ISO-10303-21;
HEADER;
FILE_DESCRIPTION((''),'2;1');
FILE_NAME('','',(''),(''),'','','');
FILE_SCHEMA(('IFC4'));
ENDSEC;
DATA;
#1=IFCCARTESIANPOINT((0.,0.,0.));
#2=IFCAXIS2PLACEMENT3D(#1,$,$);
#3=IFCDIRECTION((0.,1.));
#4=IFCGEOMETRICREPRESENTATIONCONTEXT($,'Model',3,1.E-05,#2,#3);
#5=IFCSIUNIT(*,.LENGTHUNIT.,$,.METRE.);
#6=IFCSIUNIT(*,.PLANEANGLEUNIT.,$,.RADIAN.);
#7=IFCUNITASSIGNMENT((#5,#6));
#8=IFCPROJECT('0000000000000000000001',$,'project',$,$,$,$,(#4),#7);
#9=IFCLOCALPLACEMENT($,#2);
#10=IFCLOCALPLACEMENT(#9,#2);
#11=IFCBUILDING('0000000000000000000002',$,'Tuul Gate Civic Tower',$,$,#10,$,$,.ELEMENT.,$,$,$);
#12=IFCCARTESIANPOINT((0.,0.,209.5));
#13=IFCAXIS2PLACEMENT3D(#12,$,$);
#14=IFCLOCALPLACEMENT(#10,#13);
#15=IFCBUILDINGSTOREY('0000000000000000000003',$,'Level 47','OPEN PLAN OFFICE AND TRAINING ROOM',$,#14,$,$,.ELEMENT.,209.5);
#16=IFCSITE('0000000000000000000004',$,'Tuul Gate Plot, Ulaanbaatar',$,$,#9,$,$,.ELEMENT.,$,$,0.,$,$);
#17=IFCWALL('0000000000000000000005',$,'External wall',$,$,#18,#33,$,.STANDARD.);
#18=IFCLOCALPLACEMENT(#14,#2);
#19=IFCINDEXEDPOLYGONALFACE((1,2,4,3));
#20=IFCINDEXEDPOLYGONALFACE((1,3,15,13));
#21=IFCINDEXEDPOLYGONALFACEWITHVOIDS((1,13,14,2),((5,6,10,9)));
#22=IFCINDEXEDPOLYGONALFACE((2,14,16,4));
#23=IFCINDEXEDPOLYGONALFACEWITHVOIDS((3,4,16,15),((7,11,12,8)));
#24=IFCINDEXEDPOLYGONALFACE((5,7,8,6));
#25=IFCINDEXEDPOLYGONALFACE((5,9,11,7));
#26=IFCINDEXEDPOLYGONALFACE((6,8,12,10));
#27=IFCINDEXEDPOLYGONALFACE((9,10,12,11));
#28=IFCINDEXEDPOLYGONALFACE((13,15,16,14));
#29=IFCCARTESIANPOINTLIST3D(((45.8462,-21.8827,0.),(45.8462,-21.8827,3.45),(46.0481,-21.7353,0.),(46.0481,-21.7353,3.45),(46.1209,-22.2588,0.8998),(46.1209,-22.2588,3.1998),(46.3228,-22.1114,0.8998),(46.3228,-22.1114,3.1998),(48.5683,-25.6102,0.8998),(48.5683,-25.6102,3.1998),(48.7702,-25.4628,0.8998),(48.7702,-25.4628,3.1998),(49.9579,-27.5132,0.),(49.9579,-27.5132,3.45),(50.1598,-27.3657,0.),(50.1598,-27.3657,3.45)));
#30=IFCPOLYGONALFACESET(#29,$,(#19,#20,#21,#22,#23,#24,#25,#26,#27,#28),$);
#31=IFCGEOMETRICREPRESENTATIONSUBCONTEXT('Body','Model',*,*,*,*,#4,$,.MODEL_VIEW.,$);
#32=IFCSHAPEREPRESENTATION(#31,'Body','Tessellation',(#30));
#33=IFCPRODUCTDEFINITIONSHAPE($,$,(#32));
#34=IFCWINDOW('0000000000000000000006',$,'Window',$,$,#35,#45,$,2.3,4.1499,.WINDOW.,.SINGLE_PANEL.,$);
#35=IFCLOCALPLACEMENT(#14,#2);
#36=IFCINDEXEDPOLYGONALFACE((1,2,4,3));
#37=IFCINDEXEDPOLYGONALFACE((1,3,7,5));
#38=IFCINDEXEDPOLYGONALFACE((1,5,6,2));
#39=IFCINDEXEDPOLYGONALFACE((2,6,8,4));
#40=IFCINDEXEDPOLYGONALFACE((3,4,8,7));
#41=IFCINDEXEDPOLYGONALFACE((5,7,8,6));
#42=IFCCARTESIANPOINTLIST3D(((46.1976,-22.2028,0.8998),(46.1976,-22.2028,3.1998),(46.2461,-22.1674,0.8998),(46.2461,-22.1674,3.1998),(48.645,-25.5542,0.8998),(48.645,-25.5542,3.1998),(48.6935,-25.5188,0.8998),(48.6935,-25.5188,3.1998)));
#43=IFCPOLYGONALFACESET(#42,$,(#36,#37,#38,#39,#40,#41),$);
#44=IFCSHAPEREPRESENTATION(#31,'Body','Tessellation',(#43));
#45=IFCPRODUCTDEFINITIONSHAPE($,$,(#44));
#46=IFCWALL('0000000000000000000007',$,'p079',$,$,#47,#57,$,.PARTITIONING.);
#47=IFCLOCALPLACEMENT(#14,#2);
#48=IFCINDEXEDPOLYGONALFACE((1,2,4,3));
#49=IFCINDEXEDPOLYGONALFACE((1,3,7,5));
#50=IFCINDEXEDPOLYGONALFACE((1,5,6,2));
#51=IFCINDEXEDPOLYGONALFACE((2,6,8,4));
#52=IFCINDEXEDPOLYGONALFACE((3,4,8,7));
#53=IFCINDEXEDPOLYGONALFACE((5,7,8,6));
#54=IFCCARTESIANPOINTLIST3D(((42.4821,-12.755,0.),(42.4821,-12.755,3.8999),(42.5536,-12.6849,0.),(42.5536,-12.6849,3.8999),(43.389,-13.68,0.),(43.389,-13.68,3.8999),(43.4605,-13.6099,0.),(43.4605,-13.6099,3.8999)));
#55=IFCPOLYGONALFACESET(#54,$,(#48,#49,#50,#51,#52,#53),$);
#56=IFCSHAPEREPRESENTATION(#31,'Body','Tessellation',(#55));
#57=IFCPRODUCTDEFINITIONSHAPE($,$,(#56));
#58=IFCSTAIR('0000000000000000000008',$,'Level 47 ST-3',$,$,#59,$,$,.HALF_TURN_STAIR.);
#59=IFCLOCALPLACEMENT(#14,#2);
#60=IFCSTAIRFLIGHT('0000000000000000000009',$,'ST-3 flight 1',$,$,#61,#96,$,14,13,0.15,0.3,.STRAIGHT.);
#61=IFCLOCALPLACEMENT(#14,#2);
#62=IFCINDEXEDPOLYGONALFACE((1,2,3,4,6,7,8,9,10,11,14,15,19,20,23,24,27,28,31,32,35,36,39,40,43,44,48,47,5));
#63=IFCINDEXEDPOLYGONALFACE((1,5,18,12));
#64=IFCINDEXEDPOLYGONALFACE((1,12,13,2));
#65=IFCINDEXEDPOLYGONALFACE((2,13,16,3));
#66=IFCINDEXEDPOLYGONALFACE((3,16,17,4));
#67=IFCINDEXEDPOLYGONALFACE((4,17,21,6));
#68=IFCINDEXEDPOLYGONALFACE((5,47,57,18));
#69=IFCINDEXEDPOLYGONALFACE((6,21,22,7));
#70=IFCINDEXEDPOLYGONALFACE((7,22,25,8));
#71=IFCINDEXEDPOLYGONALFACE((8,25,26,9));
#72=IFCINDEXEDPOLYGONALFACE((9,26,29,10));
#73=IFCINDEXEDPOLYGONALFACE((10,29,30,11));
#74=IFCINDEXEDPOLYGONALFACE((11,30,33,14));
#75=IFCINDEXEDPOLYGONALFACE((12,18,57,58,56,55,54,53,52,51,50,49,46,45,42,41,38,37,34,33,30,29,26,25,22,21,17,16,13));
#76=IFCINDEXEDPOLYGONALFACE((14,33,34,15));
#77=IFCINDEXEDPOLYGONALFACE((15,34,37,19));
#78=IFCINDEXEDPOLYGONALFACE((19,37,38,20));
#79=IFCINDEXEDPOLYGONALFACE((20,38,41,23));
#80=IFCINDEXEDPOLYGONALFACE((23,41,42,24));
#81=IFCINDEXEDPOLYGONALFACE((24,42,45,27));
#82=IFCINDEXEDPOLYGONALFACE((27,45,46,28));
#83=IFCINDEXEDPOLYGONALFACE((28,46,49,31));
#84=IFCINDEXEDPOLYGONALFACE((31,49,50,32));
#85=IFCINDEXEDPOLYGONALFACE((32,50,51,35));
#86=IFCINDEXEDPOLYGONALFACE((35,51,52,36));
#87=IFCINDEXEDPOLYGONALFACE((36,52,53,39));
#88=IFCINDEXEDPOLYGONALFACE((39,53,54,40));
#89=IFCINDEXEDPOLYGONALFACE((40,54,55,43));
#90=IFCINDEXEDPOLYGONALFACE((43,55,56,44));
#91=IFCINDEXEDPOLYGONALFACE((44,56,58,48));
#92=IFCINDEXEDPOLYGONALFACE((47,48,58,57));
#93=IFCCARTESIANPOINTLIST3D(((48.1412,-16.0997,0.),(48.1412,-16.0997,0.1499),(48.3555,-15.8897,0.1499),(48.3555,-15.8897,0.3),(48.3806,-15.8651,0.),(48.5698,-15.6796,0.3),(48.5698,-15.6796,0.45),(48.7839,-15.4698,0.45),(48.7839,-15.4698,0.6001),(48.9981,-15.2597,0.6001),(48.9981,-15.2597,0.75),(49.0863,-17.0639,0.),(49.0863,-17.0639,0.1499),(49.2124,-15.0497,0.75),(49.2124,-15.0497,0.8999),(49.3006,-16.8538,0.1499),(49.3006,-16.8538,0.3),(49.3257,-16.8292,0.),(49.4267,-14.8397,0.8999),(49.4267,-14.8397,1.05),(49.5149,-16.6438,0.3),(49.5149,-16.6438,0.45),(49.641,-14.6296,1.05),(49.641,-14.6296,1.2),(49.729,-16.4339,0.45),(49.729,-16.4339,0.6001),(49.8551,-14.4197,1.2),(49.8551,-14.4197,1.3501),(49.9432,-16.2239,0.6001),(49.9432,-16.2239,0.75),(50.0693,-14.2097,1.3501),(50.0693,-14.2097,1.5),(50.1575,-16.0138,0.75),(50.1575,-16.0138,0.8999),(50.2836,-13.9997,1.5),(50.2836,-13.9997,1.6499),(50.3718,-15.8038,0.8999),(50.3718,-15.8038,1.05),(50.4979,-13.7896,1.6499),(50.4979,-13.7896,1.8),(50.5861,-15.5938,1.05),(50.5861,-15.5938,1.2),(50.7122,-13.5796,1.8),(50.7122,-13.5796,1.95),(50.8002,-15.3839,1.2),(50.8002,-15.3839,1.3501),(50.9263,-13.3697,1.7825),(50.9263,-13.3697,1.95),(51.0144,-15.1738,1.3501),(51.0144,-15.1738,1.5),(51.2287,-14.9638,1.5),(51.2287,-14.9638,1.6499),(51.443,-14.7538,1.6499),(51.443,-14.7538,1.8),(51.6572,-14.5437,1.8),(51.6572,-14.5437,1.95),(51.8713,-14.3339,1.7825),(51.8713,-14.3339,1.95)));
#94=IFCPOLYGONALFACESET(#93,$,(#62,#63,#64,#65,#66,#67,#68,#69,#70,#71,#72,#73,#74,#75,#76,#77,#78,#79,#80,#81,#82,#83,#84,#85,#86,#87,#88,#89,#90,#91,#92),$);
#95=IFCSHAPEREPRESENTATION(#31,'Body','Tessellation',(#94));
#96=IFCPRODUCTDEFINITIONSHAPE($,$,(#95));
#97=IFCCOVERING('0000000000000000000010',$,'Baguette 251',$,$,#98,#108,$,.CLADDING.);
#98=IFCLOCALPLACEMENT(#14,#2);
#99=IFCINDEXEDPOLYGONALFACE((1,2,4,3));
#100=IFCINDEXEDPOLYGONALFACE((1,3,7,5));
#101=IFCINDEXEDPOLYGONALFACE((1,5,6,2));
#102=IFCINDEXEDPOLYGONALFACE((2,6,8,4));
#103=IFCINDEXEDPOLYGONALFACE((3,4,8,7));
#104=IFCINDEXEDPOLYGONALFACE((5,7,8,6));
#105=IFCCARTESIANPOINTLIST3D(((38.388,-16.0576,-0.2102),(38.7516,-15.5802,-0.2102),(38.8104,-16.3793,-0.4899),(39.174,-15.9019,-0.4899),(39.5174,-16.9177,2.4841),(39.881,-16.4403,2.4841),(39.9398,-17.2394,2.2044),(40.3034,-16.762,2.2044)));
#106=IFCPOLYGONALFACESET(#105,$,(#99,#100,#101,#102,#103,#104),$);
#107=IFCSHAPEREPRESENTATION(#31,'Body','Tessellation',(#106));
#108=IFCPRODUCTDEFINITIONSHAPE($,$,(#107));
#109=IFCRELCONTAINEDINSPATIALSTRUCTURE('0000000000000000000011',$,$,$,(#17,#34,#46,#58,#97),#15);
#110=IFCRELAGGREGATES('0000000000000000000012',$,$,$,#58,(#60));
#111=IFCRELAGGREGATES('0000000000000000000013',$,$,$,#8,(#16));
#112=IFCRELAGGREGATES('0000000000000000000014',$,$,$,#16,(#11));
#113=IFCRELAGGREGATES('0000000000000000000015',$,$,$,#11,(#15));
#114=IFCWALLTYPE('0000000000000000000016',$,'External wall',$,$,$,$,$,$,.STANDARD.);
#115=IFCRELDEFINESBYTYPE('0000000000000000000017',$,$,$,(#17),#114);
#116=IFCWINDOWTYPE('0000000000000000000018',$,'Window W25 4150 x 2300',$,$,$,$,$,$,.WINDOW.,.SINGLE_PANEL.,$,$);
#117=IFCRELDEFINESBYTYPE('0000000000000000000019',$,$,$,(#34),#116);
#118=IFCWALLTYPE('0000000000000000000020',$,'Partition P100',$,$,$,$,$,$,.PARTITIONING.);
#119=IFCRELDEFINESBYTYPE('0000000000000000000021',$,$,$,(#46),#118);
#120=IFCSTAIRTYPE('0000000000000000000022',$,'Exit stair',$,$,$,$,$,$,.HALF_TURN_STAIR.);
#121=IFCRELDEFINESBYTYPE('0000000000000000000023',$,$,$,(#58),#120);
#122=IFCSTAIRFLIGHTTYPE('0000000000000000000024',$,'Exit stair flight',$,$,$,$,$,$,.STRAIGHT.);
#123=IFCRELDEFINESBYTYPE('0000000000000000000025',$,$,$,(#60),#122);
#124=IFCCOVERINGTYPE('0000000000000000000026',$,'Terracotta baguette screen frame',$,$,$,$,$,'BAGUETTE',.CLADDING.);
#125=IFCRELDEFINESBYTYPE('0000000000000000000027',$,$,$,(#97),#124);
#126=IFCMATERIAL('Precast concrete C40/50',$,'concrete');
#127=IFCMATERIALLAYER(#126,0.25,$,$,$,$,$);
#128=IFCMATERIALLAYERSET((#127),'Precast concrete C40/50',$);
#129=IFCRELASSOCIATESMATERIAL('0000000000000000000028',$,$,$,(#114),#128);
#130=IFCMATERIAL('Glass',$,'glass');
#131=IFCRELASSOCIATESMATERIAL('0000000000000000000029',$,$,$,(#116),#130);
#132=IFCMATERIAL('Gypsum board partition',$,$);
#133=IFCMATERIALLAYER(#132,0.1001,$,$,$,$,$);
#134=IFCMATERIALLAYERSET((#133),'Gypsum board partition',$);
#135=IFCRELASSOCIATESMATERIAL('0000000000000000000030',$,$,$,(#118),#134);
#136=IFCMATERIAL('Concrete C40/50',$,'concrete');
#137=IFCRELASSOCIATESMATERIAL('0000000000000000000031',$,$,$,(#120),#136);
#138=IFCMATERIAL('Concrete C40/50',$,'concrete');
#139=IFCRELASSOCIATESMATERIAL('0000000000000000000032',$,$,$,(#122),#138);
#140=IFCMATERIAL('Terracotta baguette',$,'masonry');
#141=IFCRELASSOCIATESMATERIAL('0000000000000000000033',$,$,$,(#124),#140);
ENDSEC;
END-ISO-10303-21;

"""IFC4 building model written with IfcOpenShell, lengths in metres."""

from ifc_helpers import new_model, si_unit, direction, frame, frame_2d, origin, origin_2d, place, context, subcontext, project, spatial, polyline, rectangle, outline, extrude, material, layer, layer_set, material_profile, profile_set, type_object, element, fill, aggregate, save


model = new_model("IFC4")

# Units and contexts
model_context = context("Model", 3, precision=1e-05, world=origin(), true_north=direction((0.0, 1.0)))
body_context = subcontext(model_context, "Body", "Model", "MODEL_VIEW")
ifc_project = project(units=[si_unit("LENGTHUNIT", "METRE"), si_unit("PLANEANGLEUNIT", "RADIAN")], contexts=[model_context])

# Site, building, storey
site_placement = place(None, origin())
site = spatial("IfcSite", under=ifc_project, at=site_placement, Name="Tuul Gate Plot, Ulaanbaatar", CompositionType="ELEMENT", RefElevation=0.0)
building_placement = place(site_placement, origin())
building = spatial("IfcBuilding", under=site, at=building_placement, Name="Tuul Gate Civic Tower", CompositionType="ELEMENT")
storey_placement = place(building_placement, frame((0.0, 0.0, 209.5)))
storey = spatial("IfcBuildingStorey", under=building, at=storey_placement, Name="Level 47", Description="OPEN PLAN OFFICE AND TRAINING ROOM", CompositionType="ELEMENT", Elevation=209.5)

# Wall, opening, window
ifc_material_1 = material(Name="Precast concrete C40/50", Category="concrete")
ifc_layer_1 = layer(ifc_material_1, 0.25)
ifc_layer_set_1 = layer_set([ifc_layer_1], Name="Precast concrete C40/50")
wall_type_1 = type_object("IfcWallType", Name="External wall", PredefinedType="STANDARD", material=ifc_layer_set_1)
wall_1_placement = place(storey_placement, frame((45.9473, -21.8091, 0.0), z_axis=(0.0, 0.0, 1.0), x_axis=(0.589743, -0.807591, 0.0)))
wall_1 = element("IfcWall", 1, at=wall_1_placement, inside=storey, type_object=wall_type_1, Name="External wall", PredefinedType="STANDARD", context=body_context, shape_type="SweptSolid", body=[
    extrude(rectangle(XDim=6.9719, YDim=0.25, at=frame_2d((3.4858, 0.0))), origin(), (0.0, 0.0, 1.0), 3.45),
])
opening_1_placement = place(wall_1_placement, frame((0.4656, 0.0, 0.8999)))
opening_1 = element("IfcOpeningElement", 2, at=opening_1_placement, cuts=wall_1, PredefinedType="OPENING", context=body_context, shape_type="SweptSolid", body=[
    extrude(rectangle(XDim=4.1499, YDim=2.3, at=frame_2d((2.075, 1.1499))), frame((0.0, 0.135, 0.0), z_axis=(0.0, -1.0, 0.0), x_axis=(1.0, 0.0, 0.0)), (0.0, 0.0, 1.0), 0.27),
])
ifc_material_2 = material(Name="Glass", Category="glass")
window_type_1 = type_object("IfcWindowType", Name="Window W25 4150 x 2300", PartitioningType="SINGLE_PANEL", PredefinedType="WINDOW", material=ifc_material_2)
window_1_placement = place(opening_1_placement, origin())
window_1 = element("IfcWindow", 3, at=window_1_placement, inside=storey, type_object=window_type_1, Name="Window", OverallHeight=2.3, OverallWidth=4.1499, PartitioningType="SINGLE_PANEL", PredefinedType="WINDOW", context=body_context, shape_type="SweptSolid", body=[
    extrude(rectangle(XDim=4.1499, YDim=2.3, at=frame_2d((2.075, 1.1499))), frame((0.0, 0.03, 0.0), z_axis=(0.0, -1.0, 0.0), x_axis=(1.0, 0.0, 0.0)), (0.0, 0.0, 1.0), 0.0601),
])
fill(opening_1, window_1)

# Wall
ifc_material_3 = material(Name="Gypsum board partition")
ifc_layer_2 = layer(ifc_material_3, 0.1001)
ifc_layer_set_2 = layer_set([ifc_layer_2], Name="Gypsum board partition")
wall_type_2 = type_object("IfcWallType", Name="Partition P100", PredefinedType="PARTITIONING", material=ifc_layer_set_2)
wall_2_placement = place(storey_placement, frame((42.5178, -12.72, 0.0), z_axis=(0.0, 0.0, 1.0), x_axis=(0.7001, -0.714045, 0.0)))
element("IfcWall", 4, at=wall_2_placement, inside=storey, type_object=wall_type_2, Name="p079", PredefinedType="PARTITIONING", context=body_context, shape_type="SweptSolid", body=[
    extrude(rectangle(XDim=1.2954, YDim=0.1001, at=frame_2d((0.6477, 0.0))), origin(), (0.0, 0.0, 1.0), 3.8999),
])

# Stair, stair flight
ifc_material_4 = material(Name="Concrete C40/50", Category="concrete")
stair_type = type_object("IfcStairType", Name="Exit stair", PredefinedType="HALF_TURN_STAIR", material=ifc_material_4)
stair_placement = place(storey_placement, origin())
stair = element("IfcStair", 5, at=stair_placement, inside=storey, type_object=stair_type, Name="Level 47 ST-3", PredefinedType="HALF_TURN_STAIR")
ifc_material_5 = material(Name="Concrete C40/50", Category="concrete")
stair_flight_type = type_object("IfcStairFlightType", Name="Exit stair flight", PredefinedType="STRAIGHT", material=ifc_material_5)
stair_flight_placement = place(storey_placement, frame((48.6138, -16.5818, 0.0), z_axis=(0.0, 0.0, 1.0), x_axis=(0.714127, 0.700016, 0.0)))
stair_flight = element("IfcStairFlight", 6, at=stair_flight_placement, type_object=stair_flight_type, Name="ST-3 flight 1", NumberOfRisers=14, NumberOfTreads=13, PredefinedType="STRAIGHT", RiserHeight=0.15, TreadLength=0.3, context=body_context, shape_type="SweptSolid", body=[
    extrude(outline(polyline([(0.0, 0.0), (0.0, 0.1499), (0.3, 0.1499), (0.3, 0.3), (0.6001, 0.3), (0.6001, 0.45), (0.8999, 0.45), (0.8999, 0.6001), (1.2, 0.6001), (1.2, 0.75), (1.5, 0.75), (1.5, 0.8999), (1.8, 0.8999), (1.8, 1.05), (2.1001, 1.05), (2.1001, 1.2), (2.3999, 1.2), (2.3999, 1.3501), (2.7, 1.3501), (2.7, 1.5), (3.0, 1.5), (3.0, 1.6499), (3.3, 1.6499), (3.3, 1.8), (3.6001, 1.8), (3.6001, 1.95), (3.8999, 1.95), (3.8999, 2.1001), (3.8999, 1.7825), (0.3352, 0.0), (0.0, 0.0)])), frame((0.0, 0.675, 0.0), z_axis=(0.0, -1.0, 0.0), x_axis=(1.0, 0.0, 0.0)), (0.0, 0.0, 1.0), 1.3501),
])
aggregate(stair, [stair_flight])

# Covering
ifc_material_6 = material(Name="Terracotta baguette", Category="masonry")
ifc_material_profile_1 = material_profile(ifc_material_6, rectangle(XDim=0.6001, YDim=0.6001, at=origin_2d()), Name="Terracotta baguette screen frame")
ifc_profile_set_1 = profile_set([ifc_material_profile_1], Name="Terracotta baguette")
covering_type = type_object("IfcCoveringType", Name="Terracotta baguette screen frame", ElementType="BAGUETTE", PredefinedType="CLADDING", material=ifc_profile_set_1)
covering_placement = place(storey_placement, frame((39.9104, -16.8398, 2.3442), z_axis=(-0.370847, 0.282424, -0.884709), x_axis=(-0.605872, -0.795562, 0.0)))
element("IfcCovering", 7, at=covering_placement, inside=storey, type_object=covering_type, Name="Baguette 251", PredefinedType="CLADDING", context=body_context, shape_type="SweptSolid", body=[
    extrude(rectangle(XDim=0.6001, YDim=0.6001, at=origin_2d()), origin(), (0.0, 0.0, 1.0), 3.0454),
])

save(model, "model.ifc")
